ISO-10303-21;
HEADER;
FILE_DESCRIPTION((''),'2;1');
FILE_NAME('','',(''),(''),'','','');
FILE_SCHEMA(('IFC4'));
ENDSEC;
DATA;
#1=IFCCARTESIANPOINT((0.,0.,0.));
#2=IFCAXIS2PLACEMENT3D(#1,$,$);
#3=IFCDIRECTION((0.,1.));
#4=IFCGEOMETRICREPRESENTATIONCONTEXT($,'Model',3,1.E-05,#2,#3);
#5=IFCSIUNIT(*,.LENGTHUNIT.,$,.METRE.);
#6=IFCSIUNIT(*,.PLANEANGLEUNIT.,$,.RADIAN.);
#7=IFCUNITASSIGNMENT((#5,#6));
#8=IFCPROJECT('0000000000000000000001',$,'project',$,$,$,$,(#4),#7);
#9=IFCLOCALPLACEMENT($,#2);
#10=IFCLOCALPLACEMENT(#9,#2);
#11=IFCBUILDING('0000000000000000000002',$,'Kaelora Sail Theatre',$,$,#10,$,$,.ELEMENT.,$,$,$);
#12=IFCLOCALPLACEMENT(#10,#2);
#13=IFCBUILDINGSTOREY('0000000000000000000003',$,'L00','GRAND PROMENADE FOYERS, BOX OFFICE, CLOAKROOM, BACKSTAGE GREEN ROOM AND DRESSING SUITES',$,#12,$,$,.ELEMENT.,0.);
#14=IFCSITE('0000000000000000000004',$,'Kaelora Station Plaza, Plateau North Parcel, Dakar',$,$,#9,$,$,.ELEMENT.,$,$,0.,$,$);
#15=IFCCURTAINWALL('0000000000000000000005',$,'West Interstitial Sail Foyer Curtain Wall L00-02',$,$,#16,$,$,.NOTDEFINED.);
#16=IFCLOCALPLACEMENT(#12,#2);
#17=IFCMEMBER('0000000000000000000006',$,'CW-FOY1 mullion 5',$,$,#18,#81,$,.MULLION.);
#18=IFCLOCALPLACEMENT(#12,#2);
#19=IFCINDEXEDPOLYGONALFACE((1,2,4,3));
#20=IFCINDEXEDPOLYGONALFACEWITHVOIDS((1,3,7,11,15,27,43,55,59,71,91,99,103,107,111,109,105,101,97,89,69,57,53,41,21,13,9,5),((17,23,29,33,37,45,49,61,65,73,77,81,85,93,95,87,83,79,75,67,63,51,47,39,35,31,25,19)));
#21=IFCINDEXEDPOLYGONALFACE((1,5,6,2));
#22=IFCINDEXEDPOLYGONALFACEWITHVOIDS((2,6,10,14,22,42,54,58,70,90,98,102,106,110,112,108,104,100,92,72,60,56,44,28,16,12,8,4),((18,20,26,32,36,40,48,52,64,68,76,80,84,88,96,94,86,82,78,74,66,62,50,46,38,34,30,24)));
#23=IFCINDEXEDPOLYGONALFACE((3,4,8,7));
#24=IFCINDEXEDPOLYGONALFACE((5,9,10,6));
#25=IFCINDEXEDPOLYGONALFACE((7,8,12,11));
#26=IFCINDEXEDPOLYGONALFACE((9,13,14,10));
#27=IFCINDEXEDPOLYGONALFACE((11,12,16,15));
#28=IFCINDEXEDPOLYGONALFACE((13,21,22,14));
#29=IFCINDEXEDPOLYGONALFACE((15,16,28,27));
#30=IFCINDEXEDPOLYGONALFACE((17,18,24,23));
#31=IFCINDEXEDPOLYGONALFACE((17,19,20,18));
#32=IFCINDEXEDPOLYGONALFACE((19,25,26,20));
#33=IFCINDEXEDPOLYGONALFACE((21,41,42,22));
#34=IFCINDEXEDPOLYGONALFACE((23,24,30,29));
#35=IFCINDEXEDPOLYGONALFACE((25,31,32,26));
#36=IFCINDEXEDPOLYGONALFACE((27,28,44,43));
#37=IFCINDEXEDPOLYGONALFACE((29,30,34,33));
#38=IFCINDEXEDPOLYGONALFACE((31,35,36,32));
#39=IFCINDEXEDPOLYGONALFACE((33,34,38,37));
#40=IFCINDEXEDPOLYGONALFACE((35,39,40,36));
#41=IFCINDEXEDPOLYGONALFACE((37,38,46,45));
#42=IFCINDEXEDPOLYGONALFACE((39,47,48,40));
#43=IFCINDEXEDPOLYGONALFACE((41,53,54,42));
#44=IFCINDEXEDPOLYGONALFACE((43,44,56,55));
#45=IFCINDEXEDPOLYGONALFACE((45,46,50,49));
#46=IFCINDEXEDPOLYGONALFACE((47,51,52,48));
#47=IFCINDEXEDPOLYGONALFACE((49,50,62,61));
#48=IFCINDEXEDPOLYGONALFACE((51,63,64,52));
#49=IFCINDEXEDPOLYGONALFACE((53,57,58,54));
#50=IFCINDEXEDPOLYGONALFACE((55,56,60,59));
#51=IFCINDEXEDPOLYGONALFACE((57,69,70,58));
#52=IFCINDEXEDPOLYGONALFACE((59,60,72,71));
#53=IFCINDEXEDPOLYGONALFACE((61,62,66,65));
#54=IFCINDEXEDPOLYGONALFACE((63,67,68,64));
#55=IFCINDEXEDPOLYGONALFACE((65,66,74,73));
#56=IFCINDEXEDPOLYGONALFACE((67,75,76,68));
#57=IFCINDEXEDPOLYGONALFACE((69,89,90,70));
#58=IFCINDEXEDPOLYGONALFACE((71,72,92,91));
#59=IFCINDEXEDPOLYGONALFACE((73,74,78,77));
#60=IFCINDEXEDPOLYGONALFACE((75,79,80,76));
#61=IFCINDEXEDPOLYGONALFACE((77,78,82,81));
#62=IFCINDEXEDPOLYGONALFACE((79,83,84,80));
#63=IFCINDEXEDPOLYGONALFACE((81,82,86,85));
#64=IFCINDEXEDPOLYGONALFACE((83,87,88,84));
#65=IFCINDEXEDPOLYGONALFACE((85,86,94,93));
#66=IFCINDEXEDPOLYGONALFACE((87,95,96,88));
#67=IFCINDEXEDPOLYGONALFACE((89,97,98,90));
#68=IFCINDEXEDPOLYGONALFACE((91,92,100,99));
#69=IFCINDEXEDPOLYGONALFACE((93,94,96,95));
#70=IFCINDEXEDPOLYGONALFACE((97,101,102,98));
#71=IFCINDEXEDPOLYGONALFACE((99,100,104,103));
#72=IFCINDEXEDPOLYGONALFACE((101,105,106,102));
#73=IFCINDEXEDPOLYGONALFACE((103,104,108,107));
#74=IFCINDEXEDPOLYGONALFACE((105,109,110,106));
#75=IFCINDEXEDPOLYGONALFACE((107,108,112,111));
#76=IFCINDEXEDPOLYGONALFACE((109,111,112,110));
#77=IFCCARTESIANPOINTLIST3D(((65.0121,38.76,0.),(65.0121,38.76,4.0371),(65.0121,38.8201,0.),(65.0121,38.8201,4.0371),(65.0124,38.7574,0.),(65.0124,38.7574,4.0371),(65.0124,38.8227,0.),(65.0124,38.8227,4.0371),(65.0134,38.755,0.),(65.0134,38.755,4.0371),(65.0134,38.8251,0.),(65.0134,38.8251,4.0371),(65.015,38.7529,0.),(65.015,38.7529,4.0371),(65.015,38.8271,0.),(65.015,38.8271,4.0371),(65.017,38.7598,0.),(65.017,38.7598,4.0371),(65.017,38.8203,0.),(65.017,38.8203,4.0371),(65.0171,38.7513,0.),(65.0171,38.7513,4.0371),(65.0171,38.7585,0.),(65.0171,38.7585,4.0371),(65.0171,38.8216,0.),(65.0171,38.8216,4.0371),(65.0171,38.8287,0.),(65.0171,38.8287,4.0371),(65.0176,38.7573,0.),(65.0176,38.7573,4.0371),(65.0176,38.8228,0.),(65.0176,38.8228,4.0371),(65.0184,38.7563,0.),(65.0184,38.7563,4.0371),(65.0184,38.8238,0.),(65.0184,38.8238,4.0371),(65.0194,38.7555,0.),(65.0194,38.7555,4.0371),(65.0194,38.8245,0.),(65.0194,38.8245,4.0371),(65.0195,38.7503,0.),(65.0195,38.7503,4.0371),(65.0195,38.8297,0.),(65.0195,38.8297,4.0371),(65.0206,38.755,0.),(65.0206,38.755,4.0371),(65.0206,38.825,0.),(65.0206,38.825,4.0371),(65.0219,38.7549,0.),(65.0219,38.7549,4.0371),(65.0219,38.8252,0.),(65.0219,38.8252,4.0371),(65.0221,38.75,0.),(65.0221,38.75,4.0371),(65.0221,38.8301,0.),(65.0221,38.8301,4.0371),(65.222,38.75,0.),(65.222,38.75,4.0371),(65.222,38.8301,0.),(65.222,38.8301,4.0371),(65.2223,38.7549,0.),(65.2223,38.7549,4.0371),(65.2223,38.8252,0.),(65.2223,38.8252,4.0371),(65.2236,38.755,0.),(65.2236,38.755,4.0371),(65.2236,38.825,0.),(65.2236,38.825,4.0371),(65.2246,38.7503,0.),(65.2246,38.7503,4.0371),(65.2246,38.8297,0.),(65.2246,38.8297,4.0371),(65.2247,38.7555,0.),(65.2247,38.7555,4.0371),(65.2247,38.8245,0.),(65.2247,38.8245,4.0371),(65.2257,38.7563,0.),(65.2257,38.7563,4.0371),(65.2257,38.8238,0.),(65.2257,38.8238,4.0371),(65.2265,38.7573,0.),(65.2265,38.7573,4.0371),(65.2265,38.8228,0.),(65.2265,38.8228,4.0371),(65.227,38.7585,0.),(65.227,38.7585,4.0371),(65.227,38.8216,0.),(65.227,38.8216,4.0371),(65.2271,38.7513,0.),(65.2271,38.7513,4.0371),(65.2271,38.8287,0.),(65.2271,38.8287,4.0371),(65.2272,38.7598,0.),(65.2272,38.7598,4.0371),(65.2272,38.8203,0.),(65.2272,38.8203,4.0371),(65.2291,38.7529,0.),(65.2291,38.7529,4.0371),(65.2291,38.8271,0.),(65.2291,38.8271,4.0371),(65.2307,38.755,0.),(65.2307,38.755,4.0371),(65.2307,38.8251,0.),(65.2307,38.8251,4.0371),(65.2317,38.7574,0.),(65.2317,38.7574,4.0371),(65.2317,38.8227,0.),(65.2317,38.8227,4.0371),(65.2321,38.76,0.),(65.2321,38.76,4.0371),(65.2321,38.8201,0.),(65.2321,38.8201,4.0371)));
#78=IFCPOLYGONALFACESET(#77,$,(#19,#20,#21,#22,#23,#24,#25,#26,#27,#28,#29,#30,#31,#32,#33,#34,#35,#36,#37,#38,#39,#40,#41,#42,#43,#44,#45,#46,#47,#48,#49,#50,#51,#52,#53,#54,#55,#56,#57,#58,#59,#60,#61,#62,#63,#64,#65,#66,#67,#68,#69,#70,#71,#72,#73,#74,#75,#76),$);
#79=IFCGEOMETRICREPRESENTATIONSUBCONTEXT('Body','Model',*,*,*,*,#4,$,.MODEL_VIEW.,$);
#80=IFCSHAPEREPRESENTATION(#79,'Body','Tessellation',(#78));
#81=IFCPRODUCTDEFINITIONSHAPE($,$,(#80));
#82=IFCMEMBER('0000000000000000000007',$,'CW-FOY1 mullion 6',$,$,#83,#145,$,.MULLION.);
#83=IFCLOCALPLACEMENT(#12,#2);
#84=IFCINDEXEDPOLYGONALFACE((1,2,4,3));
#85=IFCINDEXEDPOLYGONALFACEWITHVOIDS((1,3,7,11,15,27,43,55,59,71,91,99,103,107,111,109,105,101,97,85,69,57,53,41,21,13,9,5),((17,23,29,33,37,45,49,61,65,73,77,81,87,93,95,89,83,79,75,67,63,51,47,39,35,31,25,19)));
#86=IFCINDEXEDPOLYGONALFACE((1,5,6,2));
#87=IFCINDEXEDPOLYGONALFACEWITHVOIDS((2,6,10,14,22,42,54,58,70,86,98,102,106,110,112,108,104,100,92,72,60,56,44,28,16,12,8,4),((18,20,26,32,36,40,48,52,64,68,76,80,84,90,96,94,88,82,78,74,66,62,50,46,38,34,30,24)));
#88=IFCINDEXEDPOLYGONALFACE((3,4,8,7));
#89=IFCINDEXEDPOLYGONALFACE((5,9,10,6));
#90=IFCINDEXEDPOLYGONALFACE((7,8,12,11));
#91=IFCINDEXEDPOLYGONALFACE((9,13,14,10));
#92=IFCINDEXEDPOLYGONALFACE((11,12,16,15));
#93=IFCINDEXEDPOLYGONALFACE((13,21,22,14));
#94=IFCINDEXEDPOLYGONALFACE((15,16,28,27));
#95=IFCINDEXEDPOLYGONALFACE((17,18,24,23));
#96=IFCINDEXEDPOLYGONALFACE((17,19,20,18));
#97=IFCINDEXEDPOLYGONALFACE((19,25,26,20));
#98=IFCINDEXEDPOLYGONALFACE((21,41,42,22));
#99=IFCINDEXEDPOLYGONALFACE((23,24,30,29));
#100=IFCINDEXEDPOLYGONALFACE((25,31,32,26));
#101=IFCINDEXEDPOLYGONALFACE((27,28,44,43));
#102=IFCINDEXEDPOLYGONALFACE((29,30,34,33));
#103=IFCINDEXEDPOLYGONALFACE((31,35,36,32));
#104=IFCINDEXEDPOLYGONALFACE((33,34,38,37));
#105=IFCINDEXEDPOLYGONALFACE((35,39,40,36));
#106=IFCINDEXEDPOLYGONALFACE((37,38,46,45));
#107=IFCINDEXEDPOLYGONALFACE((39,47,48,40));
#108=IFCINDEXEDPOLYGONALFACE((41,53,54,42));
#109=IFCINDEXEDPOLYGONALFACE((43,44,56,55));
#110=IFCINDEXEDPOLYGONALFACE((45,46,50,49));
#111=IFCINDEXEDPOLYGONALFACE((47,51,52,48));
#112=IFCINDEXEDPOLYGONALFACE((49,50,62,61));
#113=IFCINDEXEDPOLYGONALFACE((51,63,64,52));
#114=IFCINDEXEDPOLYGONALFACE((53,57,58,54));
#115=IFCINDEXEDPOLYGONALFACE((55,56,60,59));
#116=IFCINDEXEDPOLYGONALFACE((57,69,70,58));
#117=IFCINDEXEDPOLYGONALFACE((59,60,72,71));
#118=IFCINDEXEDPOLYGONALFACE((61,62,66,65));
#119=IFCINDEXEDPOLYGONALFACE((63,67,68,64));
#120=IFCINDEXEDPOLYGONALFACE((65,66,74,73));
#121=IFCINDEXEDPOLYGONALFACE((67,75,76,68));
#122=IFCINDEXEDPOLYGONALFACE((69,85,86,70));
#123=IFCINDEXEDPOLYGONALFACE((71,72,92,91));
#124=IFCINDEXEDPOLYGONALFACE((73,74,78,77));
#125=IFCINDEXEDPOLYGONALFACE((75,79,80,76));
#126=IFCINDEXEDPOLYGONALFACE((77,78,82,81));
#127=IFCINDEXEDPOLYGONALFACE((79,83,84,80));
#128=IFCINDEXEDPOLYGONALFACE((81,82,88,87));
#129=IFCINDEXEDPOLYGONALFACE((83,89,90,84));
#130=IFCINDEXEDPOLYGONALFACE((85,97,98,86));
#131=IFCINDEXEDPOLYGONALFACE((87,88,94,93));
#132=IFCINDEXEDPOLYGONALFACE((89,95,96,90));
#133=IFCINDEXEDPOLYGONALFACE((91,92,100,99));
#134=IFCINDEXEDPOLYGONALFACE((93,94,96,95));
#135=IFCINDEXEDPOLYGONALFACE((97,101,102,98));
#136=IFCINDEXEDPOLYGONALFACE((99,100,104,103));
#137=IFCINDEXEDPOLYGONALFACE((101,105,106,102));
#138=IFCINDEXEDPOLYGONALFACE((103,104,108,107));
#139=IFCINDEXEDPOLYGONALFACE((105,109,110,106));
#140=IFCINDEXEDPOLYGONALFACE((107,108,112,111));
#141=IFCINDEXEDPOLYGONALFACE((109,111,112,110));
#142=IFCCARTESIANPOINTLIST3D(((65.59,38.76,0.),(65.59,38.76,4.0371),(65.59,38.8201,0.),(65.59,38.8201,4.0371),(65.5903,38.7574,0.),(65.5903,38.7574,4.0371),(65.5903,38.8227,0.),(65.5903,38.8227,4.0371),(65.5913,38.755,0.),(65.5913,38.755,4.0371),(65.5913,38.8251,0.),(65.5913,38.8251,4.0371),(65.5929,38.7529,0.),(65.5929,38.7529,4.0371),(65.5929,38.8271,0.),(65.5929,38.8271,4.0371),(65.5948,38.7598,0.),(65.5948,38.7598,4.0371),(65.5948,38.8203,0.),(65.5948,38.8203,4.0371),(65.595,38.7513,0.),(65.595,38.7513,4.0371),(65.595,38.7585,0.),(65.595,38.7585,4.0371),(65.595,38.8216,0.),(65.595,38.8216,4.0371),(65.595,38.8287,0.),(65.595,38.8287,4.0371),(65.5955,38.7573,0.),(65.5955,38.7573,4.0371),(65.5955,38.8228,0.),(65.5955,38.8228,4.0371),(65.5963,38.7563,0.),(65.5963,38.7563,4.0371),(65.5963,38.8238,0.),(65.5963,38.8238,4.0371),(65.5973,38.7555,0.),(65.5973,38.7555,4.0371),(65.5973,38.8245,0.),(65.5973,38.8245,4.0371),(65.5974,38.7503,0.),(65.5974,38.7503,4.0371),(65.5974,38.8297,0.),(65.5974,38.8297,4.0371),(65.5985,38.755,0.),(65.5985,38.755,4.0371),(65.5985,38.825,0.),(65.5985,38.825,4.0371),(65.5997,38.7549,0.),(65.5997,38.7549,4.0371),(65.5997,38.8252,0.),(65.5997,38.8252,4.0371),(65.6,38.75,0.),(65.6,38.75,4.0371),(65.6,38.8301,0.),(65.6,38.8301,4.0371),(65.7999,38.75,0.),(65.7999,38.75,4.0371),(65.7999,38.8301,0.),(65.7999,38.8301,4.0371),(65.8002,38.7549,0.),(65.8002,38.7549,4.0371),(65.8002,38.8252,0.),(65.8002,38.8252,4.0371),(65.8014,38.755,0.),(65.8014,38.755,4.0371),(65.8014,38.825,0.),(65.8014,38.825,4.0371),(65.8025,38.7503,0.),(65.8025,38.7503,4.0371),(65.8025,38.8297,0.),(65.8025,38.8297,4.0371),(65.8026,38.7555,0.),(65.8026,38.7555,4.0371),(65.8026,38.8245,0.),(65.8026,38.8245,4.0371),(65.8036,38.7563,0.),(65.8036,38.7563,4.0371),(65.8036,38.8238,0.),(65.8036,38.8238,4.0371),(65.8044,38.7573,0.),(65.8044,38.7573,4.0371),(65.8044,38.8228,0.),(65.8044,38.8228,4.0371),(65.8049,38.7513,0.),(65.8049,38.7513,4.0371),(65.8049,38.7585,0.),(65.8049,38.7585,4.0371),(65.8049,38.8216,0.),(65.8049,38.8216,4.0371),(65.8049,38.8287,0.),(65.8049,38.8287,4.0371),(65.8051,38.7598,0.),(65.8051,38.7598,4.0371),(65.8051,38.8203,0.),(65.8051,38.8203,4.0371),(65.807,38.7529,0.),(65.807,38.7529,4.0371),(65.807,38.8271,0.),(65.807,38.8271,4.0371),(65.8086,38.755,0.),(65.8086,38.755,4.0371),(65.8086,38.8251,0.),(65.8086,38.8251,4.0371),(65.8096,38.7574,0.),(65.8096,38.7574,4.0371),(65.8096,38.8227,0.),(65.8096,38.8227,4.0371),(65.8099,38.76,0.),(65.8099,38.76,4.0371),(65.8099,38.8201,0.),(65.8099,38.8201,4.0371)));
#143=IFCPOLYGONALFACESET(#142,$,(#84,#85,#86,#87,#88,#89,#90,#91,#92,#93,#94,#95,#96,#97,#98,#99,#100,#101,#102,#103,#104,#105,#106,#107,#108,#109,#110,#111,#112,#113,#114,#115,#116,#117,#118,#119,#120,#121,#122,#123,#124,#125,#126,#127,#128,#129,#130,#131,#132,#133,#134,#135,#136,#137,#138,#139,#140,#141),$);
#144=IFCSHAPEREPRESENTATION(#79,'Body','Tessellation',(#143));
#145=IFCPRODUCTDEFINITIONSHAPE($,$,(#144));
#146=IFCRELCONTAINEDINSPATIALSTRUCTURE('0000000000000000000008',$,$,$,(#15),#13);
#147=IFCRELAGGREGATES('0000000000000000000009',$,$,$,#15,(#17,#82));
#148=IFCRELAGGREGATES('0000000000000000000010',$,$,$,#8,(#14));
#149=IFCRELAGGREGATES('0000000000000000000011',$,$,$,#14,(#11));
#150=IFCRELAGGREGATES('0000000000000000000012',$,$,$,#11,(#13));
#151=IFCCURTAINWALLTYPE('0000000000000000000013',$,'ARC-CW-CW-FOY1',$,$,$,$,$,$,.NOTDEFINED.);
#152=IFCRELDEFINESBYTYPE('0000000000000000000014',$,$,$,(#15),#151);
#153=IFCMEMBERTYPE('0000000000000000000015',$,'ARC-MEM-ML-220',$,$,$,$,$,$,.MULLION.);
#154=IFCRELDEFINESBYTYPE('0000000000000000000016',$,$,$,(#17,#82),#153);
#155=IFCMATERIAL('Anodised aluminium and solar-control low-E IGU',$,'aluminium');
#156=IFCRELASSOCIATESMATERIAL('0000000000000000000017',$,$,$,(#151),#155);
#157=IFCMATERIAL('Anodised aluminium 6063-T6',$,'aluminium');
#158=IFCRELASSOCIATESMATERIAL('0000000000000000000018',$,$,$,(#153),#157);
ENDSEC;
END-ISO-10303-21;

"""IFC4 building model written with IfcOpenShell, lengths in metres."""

from ifc_helpers import new_model, si_unit, direction, frame, origin, origin_2d, place, context, subcontext, project, spatial, hollow_rectangle, extrude, material, material_profile, profile_set, type_object, element, aggregate, save


model = new_model("IFC4")

# Units and contexts
model_context = context("Model", 3, precision=1e-05, world=origin(), true_north=direction((0.0, 1.0)))
body_context = subcontext(model_context, "Body", "Model", "MODEL_VIEW")
ifc_project = project(units=[si_unit("LENGTHUNIT", "METRE"), si_unit("PLANEANGLEUNIT", "RADIAN")], contexts=[model_context])

# Site, building, storey
site_placement = place(None, origin())
site = spatial("IfcSite", under=ifc_project, at=site_placement, Name="Kaelora Station Plaza, Plateau North Parcel, Dakar", CompositionType="ELEMENT", RefElevation=0.0)
building_placement = place(site_placement, origin())
building = spatial("IfcBuilding", under=site, at=building_placement, Name="Kaelora Sail Theatre", CompositionType="ELEMENT")
storey_placement = place(building_placement, origin())
storey = spatial("IfcBuildingStorey", under=building, at=storey_placement, Name="L00", Description="GRAND PROMENADE FOYERS, BOX OFFICE, CLOAKROOM, BACKSTAGE GREEN ROOM AND DRESSING SUITES", CompositionType="ELEMENT", Elevation=0.0)

# Curtain wall, members
ifc_material_1 = material(Name="Anodised aluminium and solar-control low-E IGU", Category="aluminium")
curtain_wall_type = type_object("IfcCurtainWallType", Name="ARC-CW-CW-FOY1", PredefinedType="NOTDEFINED", material=ifc_material_1)
curtain_wall_1_placement = place(storey_placement, origin())
curtain_wall_1 = element("IfcCurtainWall", 1, at=curtain_wall_1_placement, inside=storey, type_object=curtain_wall_type, Name="West Interstitial Sail Foyer Curtain Wall L00-02", PredefinedType="NOTDEFINED")
ifc_material_2 = material(Name="Anodised aluminium 6063-T6", Category="aluminium")
ifc_material_profile_1 = material_profile(ifc_material_2, hollow_rectangle(XDim=0.0801, YDim=0.22, WallThickness=0.0049, InnerFilletRadius=0.0049, OuterFilletRadius=0.01, at=origin_2d()), Name="ALU-MULL 80x220x5")
ifc_profile_set_1 = profile_set([ifc_material_profile_1], Name="Anodised aluminium 6063-T6")
member_type_1 = type_object("IfcMemberType", Name="ARC-MEM-ML-220", PredefinedType="MULLION", material=ifc_profile_set_1)
member_1_placement = place(storey_placement, frame((65.1221, 38.79, 0.0), z_axis=(0.0, 0.0, 1.0), x_axis=(0.0, 1.0, 0.0)))
member_1 = element("IfcMember", 2, at=member_1_placement, type_object=member_type_1, Name="CW-FOY1 mullion 5", PredefinedType="MULLION", context=body_context, shape_type="SweptSolid", body=[
    extrude(hollow_rectangle(XDim=0.0801, YDim=0.22, WallThickness=0.0049, InnerFilletRadius=0.0049, OuterFilletRadius=0.01, at=origin_2d()), origin(), (0.0, 0.0, 1.0), 4.0371),
])
member_2_placement = place(storey_placement, frame((65.7, 38.79, 0.0), z_axis=(0.0, 0.0, 1.0), x_axis=(0.0, 1.0, 0.0)))
member_2 = element("IfcMember", 3, at=member_2_placement, type_object=member_type_1, Name="CW-FOY1 mullion 6", PredefinedType="MULLION", context=body_context, shape_type="SweptSolid", body=[
    extrude(hollow_rectangle(XDim=0.0801, YDim=0.22, WallThickness=0.0049, InnerFilletRadius=0.0049, OuterFilletRadius=0.01, at=origin_2d()), origin(), (0.0, 0.0, 1.0), 4.0371),
])

aggregate(curtain_wall_1, [member_1, member_2])

save(model, "model.ifc")
